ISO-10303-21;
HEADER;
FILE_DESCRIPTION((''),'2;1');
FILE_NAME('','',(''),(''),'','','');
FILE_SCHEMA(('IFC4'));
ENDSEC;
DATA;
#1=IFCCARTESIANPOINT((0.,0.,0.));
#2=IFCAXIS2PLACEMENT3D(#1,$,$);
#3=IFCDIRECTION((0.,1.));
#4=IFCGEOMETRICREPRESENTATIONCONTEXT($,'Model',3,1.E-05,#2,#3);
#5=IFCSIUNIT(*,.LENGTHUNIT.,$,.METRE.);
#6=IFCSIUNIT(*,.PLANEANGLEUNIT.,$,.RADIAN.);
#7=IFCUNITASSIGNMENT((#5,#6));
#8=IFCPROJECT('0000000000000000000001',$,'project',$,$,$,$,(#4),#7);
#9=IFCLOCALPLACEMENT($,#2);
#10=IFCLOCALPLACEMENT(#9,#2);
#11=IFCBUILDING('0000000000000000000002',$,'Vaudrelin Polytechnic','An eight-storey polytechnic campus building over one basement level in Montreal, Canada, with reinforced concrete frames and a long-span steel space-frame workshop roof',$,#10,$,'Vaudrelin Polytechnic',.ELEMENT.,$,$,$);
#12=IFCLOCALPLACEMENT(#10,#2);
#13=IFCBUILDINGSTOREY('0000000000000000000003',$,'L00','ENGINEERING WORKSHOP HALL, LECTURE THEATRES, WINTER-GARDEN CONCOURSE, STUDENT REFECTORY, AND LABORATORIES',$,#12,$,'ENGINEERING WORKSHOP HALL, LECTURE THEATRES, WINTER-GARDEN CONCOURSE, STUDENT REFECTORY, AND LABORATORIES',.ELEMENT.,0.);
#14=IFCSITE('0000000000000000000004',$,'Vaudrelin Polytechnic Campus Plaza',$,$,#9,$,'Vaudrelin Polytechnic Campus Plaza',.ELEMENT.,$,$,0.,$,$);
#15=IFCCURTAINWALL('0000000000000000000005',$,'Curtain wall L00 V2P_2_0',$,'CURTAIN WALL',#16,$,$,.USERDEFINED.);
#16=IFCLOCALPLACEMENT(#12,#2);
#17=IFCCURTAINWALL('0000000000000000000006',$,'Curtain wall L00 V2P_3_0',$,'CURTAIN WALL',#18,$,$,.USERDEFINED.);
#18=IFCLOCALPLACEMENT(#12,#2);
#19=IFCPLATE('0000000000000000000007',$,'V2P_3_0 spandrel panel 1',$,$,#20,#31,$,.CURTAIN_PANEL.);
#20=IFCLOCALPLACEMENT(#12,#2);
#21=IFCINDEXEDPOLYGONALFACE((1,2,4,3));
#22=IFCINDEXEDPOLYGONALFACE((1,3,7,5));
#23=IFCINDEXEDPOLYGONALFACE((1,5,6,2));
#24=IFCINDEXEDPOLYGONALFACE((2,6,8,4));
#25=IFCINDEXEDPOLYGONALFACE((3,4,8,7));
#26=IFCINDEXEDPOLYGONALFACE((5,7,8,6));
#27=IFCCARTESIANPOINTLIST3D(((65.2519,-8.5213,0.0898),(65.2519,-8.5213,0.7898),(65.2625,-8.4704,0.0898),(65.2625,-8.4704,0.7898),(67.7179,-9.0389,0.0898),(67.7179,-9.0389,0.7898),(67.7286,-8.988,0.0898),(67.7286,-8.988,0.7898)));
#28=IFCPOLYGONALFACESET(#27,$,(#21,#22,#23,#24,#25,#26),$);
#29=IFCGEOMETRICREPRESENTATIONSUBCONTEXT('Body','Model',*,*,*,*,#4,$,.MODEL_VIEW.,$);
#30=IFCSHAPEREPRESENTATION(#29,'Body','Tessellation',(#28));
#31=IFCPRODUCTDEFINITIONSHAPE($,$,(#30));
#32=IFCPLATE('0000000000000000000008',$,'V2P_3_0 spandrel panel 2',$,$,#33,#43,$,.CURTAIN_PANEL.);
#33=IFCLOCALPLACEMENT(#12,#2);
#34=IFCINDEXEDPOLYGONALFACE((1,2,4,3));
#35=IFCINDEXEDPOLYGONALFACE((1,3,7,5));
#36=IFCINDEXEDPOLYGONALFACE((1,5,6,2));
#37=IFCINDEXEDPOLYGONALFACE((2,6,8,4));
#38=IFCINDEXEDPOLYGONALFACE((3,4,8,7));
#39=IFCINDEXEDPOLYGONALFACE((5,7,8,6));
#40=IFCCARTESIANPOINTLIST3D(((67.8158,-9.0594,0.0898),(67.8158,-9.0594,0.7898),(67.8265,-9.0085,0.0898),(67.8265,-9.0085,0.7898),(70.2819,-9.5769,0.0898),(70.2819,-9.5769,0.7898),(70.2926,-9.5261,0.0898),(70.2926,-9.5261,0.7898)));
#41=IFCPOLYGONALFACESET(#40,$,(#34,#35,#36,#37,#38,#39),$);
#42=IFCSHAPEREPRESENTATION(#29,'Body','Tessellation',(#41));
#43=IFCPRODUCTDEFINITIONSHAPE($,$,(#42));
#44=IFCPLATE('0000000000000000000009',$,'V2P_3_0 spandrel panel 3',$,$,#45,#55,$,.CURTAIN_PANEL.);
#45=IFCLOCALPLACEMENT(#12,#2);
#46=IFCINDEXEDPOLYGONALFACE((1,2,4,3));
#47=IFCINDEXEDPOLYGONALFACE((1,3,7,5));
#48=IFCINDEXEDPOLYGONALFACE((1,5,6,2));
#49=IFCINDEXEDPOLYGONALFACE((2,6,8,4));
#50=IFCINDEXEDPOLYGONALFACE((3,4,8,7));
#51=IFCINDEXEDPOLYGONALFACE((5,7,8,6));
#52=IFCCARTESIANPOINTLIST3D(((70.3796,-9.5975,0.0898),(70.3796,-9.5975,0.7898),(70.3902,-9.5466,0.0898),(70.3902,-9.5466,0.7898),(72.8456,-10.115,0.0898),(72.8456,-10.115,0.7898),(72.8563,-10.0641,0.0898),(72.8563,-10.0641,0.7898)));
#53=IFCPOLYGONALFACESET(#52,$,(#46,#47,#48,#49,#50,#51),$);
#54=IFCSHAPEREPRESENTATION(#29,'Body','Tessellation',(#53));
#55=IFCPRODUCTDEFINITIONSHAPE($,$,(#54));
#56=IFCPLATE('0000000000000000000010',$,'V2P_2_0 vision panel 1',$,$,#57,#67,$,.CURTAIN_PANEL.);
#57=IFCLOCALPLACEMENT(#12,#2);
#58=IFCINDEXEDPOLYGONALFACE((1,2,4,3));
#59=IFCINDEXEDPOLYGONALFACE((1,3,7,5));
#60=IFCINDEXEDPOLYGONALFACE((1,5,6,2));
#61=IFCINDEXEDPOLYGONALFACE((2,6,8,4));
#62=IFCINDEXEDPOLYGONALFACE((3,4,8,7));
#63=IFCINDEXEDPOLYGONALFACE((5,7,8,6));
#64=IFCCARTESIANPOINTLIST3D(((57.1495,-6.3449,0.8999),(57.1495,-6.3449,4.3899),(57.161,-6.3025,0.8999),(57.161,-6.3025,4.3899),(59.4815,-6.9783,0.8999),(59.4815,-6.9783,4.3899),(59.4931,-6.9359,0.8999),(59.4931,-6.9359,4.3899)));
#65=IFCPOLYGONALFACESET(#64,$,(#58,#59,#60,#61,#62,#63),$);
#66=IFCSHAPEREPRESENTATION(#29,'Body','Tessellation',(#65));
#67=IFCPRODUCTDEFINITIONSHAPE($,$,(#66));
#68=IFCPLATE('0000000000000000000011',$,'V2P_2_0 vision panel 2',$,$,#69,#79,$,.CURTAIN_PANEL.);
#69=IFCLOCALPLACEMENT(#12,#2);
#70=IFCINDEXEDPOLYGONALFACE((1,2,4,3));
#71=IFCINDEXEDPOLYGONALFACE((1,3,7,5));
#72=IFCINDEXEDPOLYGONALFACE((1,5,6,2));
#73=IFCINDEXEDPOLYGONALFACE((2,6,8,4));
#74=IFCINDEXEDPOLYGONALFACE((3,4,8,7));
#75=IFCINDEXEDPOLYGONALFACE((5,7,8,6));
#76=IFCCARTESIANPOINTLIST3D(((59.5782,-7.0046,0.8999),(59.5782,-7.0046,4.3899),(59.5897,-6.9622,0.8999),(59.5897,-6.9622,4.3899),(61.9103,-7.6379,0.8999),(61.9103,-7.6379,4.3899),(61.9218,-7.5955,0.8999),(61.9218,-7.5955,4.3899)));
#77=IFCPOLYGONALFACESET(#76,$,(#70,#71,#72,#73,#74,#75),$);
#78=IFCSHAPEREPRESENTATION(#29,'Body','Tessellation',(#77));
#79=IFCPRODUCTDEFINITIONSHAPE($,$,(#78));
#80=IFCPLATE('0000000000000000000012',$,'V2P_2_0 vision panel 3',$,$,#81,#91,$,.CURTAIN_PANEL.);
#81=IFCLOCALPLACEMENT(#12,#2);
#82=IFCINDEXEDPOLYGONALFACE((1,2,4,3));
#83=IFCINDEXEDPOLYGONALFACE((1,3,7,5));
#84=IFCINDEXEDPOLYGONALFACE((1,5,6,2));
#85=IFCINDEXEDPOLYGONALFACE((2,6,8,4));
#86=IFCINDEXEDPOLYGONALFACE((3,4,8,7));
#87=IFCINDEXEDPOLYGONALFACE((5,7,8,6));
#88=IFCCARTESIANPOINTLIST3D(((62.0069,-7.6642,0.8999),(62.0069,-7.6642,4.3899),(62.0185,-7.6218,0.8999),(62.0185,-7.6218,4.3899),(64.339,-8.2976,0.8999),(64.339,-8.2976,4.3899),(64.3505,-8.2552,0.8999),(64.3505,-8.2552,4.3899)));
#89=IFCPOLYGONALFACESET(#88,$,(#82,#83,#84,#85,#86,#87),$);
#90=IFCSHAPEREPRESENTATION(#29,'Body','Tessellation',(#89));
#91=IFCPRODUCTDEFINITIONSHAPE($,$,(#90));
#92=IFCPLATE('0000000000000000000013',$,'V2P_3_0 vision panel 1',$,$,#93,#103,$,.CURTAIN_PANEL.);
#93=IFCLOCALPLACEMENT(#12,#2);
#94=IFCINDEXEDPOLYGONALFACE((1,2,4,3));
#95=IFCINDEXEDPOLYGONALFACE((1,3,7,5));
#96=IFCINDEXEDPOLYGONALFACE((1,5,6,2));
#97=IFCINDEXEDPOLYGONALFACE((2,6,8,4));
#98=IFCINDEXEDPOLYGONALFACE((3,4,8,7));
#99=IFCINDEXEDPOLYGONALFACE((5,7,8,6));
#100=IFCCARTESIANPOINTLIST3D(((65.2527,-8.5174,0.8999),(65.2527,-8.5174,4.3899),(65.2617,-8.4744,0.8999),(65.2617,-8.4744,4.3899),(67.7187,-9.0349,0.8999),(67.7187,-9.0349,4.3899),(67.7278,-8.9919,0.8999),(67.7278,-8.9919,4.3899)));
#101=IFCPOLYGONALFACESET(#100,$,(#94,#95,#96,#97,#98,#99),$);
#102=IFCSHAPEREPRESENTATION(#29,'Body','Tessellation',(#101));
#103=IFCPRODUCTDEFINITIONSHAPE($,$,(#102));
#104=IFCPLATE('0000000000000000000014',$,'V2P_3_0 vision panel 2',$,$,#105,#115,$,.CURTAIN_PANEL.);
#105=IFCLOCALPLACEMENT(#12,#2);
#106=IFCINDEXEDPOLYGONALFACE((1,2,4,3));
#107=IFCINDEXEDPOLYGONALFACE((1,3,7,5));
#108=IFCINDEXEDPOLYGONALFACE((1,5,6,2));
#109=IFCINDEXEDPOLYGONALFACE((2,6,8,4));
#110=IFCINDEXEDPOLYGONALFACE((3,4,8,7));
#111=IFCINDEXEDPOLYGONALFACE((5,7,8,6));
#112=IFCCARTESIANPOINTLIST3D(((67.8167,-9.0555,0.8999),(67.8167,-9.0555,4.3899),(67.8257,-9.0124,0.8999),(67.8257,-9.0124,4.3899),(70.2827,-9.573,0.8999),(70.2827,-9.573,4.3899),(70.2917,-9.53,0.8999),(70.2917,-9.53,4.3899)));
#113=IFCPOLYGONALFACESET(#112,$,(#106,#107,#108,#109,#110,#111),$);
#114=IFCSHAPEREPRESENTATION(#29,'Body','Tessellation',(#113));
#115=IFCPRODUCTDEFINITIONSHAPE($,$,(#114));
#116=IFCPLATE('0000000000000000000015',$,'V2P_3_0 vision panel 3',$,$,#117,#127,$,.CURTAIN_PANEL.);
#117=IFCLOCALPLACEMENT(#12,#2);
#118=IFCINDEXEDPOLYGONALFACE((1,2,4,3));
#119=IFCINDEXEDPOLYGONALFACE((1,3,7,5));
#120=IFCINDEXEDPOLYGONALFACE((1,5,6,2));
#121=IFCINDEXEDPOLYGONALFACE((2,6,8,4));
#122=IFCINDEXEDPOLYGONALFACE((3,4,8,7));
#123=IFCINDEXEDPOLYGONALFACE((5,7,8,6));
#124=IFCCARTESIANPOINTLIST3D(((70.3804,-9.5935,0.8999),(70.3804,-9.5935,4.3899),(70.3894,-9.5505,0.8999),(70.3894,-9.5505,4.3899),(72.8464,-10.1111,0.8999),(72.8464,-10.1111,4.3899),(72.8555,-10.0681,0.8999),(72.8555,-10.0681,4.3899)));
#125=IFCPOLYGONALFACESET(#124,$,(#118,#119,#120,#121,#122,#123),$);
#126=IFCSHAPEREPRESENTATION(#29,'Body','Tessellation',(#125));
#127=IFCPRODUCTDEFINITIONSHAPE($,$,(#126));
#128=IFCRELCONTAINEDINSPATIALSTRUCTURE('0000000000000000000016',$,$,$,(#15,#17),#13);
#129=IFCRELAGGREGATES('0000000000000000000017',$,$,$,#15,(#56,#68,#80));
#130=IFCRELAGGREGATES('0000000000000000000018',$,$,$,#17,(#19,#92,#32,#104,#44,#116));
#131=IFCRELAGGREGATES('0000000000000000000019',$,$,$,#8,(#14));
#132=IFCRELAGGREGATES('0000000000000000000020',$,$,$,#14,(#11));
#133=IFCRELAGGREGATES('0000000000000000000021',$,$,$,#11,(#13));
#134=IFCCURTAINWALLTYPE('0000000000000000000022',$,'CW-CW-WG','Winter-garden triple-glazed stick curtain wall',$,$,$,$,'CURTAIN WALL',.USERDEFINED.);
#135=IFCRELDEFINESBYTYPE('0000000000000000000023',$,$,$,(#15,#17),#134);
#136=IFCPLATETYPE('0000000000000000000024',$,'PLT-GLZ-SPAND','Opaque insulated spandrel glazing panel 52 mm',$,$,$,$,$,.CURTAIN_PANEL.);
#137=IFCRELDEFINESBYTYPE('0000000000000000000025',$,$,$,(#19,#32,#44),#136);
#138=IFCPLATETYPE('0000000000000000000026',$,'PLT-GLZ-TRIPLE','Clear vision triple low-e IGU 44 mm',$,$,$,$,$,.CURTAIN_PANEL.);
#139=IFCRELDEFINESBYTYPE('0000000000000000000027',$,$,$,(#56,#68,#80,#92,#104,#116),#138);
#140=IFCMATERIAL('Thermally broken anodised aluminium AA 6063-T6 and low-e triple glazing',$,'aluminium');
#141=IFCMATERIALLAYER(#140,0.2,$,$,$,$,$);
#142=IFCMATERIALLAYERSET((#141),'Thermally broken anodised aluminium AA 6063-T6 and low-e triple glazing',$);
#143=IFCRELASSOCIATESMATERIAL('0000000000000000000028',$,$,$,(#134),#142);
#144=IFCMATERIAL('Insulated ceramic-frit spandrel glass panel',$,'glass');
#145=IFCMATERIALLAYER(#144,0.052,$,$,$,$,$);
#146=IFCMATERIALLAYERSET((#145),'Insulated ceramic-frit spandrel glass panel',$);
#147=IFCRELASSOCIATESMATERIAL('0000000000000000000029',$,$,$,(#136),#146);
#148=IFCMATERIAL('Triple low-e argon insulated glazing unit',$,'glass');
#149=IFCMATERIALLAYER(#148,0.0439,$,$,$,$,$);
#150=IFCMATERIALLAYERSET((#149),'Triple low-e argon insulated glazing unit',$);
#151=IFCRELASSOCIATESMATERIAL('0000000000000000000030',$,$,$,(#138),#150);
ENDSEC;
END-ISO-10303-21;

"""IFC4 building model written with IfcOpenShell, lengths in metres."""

from ifc_helpers import new_model, si_unit, direction, frame, origin, origin_2d, place, context, subcontext, project, spatial, rectangle, extrude, material, layer, layer_set, type_object, element, aggregate, save


model = new_model("IFC4")

# Units and contexts
model_context = context("Model", 3, precision=1e-05, world=origin(), true_north=direction((0.0, 1.0)))
body_context = subcontext(model_context, "Body", "Model", "MODEL_VIEW")
ifc_project = project(units=[si_unit("LENGTHUNIT", "METRE"), si_unit("PLANEANGLEUNIT", "RADIAN")], contexts=[model_context])

# Site, building, storey
site_placement = place(None, origin())
site = spatial("IfcSite", under=ifc_project, at=site_placement, Name="Vaudrelin Polytechnic Campus Plaza", LongName="Vaudrelin Polytechnic Campus Plaza", CompositionType="ELEMENT", RefElevation=0.0)
building_placement = place(site_placement, origin())
building = spatial("IfcBuilding", under=site, at=building_placement, Name="Vaudrelin Polytechnic", Description="An eight-storey polytechnic campus building over one basement level in Montreal, Canada, with reinforced concrete frames and a long-span steel space-frame workshop roof", LongName="Vaudrelin Polytechnic", CompositionType="ELEMENT")
storey_placement = place(building_placement, origin())
storey = spatial("IfcBuildingStorey", under=building, at=storey_placement, Name="L00", Description="ENGINEERING WORKSHOP HALL, LECTURE THEATRES, WINTER-GARDEN CONCOURSE, STUDENT REFECTORY, AND LABORATORIES", LongName="ENGINEERING WORKSHOP HALL, LECTURE THEATRES, WINTER-GARDEN CONCOURSE, STUDENT REFECTORY, AND LABORATORIES", CompositionType="ELEMENT", Elevation=0.0)

# Curtain walls
ifc_material_1 = material(Name="Thermally broken anodised aluminium AA 6063-T6 and low-e triple glazing", Category="aluminium")
ifc_layer_1 = layer(ifc_material_1, 0.2)
ifc_layer_set_1 = layer_set([ifc_layer_1], Name="Thermally broken anodised aluminium AA 6063-T6 and low-e triple glazing")
curtain_wall_type = type_object("IfcCurtainWallType", Name="CW-CW-WG", Description="Winter-garden triple-glazed stick curtain wall", ElementType="CURTAIN WALL", PredefinedType="USERDEFINED", material=ifc_layer_set_1)
curtain_wall_1_placement = place(storey_placement, origin())
curtain_wall_1 = element("IfcCurtainWall", 1, at=curtain_wall_1_placement, inside=storey, type_object=curtain_wall_type, Name="Curtain wall L00 V2P_2_0", ObjectType="CURTAIN WALL", PredefinedType="USERDEFINED")
curtain_wall_2_placement = place(storey_placement, origin())
curtain_wall_2 = element("IfcCurtainWall", 2, at=curtain_wall_2_placement, inside=storey, type_object=curtain_wall_type, Name="Curtain wall L00 V2P_3_0", ObjectType="CURTAIN WALL", PredefinedType="USERDEFINED")

# Plates
ifc_material_2 = material(Name="Insulated ceramic-frit spandrel glass panel", Category="glass")
ifc_layer_2 = layer(ifc_material_2, 0.052)
ifc_layer_set_2 = layer_set([ifc_layer_2], Name="Insulated ceramic-frit spandrel glass panel")
plate_type_1 = type_object("IfcPlateType", Name="PLT-GLZ-SPAND", Description="Opaque insulated spandrel glazing panel 52 mm", PredefinedType="CURTAIN_PANEL", material=ifc_layer_set_2)
plate_1_placement = place(storey_placement, frame((66.4902, -8.7546, 0.0898), z_axis=(0.0, 0.0, 1.0), x_axis=(0.978679, -0.205398, 0.0)))
plate_1 = element("IfcPlate", 3, at=plate_1_placement, type_object=plate_type_1, Name="V2P_3_0 spandrel panel 1", PredefinedType="CURTAIN_PANEL", context=body_context, shape_type="SweptSolid", body=[
    extrude(rectangle(XDim=2.5198, YDim=0.052, at=origin_2d()), origin(), (0.0, 0.0, 1.0), 0.7),
])
plate_2_placement = place(storey_placement, frame((69.0542, -9.2927, 0.0898), z_axis=(0.0, 0.0, 1.0), x_axis=(0.978679, -0.205398, 0.0)))
plate_2 = element("IfcPlate", 4, at=plate_2_placement, type_object=plate_type_1, Name="V2P_3_0 spandrel panel 2", PredefinedType="CURTAIN_PANEL", context=body_context, shape_type="SweptSolid", body=[
    extrude(rectangle(XDim=2.5198, YDim=0.052, at=origin_2d()), origin(), (0.0, 0.0, 1.0), 0.7),
])
plate_3_placement = place(storey_placement, frame((71.6179, -9.8308, 0.0898), z_axis=(0.0, 0.0, 1.0), x_axis=(0.978679, -0.205398, 0.0)))
plate_3 = element("IfcPlate", 5, at=plate_3_placement, type_object=plate_type_1, Name="V2P_3_0 spandrel panel 3", PredefinedType="CURTAIN_PANEL", context=body_context, shape_type="SweptSolid", body=[
    extrude(rectangle(XDim=2.5198, YDim=0.052, at=origin_2d()), origin(), (0.0, 0.0, 1.0), 0.7),
])
ifc_material_3 = material(Name="Triple low-e argon insulated glazing unit", Category="glass")
ifc_layer_3 = layer(ifc_material_3, 0.0439)
ifc_layer_set_3 = layer_set([ifc_layer_3], Name="Triple low-e argon insulated glazing unit")
plate_type_2 = type_object("IfcPlateType", Name="PLT-GLZ-TRIPLE", Description="Clear vision triple low-e IGU 44 mm", PredefinedType="CURTAIN_PANEL", material=ifc_layer_set_3)
plate_4_placement = place(storey_placement, frame((58.3213, -6.6404, 0.8999), z_axis=(0.0, 0.0, 1.0), x_axis=(0.965042, -0.262095, 0.0)))
plate_4 = element("IfcPlate", 6, at=plate_4_placement, type_object=plate_type_2, Name="V2P_2_0 vision panel 1", PredefinedType="CURTAIN_PANEL", context=body_context, shape_type="SweptSolid", body=[
    extrude(rectangle(XDim=2.4165, YDim=0.0439, at=origin_2d()), origin(), (0.0, 0.0, 1.0), 3.49),
])
plate_5_placement = place(storey_placement, frame((60.75, -7.3, 0.8999), z_axis=(0.0, 0.0, 1.0), x_axis=(0.965042, -0.262095, 0.0)))
plate_5 = element("IfcPlate", 7, at=plate_5_placement, type_object=plate_type_2, Name="V2P_2_0 vision panel 2", PredefinedType="CURTAIN_PANEL", context=body_context, shape_type="SweptSolid", body=[
    extrude(rectangle(XDim=2.4165, YDim=0.0439, at=origin_2d()), origin(), (0.0, 0.0, 1.0), 3.49),
])
plate_6_placement = place(storey_placement, frame((63.1787, -7.9597, 0.8999), z_axis=(0.0, 0.0, 1.0), x_axis=(0.965042, -0.262095, 0.0)))
plate_6 = element("IfcPlate", 8, at=plate_6_placement, type_object=plate_type_2, Name="V2P_2_0 vision panel 3", PredefinedType="CURTAIN_PANEL", context=body_context, shape_type="SweptSolid", body=[
    extrude(rectangle(XDim=2.4165, YDim=0.0439, at=origin_2d()), origin(), (0.0, 0.0, 1.0), 3.49),
])
aggregate(curtain_wall_1, [plate_4, plate_5, plate_6])
plate_7_placement = place(storey_placement, frame((66.4902, -8.7546, 0.8999), z_axis=(0.0, 0.0, 1.0), x_axis=(0.978679, -0.205398, 0.0)))
plate_7 = element("IfcPlate", 9, at=plate_7_placement, type_object=plate_type_2, Name="V2P_3_0 vision panel 1", PredefinedType="CURTAIN_PANEL", context=body_context, shape_type="SweptSolid", body=[
    extrude(rectangle(XDim=2.5198, YDim=0.0439, at=origin_2d()), origin(), (0.0, 0.0, 1.0), 3.49),
])
plate_8_placement = place(storey_placement, frame((69.0542, -9.2927, 0.8999), z_axis=(0.0, 0.0, 1.0), x_axis=(0.978679, -0.205398, 0.0)))
plate_8 = element("IfcPlate", 10, at=plate_8_placement, type_object=plate_type_2, Name="V2P_3_0 vision panel 2", PredefinedType="CURTAIN_PANEL", context=body_context, shape_type="SweptSolid", body=[
    extrude(rectangle(XDim=2.5198, YDim=0.0439, at=origin_2d()), origin(), (0.0, 0.0, 1.0), 3.49),
])
plate_9_placement = place(storey_placement, frame((71.6179, -9.8308, 0.8999), z_axis=(0.0, 0.0, 1.0), x_axis=(0.978679, -0.205398, 0.0)))
plate_9 = element("IfcPlate", 11, at=plate_9_placement, type_object=plate_type_2, Name="V2P_3_0 vision panel 3", PredefinedType="CURTAIN_PANEL", context=body_context, shape_type="SweptSolid", body=[
    extrude(rectangle(XDim=2.5198, YDim=0.0439, at=origin_2d()), origin(), (0.0, 0.0, 1.0), 3.49),
])
aggregate(curtain_wall_2, [plate_1, plate_7, plate_2, plate_8, plate_3, plate_9])

save(model, "model.ifc")
